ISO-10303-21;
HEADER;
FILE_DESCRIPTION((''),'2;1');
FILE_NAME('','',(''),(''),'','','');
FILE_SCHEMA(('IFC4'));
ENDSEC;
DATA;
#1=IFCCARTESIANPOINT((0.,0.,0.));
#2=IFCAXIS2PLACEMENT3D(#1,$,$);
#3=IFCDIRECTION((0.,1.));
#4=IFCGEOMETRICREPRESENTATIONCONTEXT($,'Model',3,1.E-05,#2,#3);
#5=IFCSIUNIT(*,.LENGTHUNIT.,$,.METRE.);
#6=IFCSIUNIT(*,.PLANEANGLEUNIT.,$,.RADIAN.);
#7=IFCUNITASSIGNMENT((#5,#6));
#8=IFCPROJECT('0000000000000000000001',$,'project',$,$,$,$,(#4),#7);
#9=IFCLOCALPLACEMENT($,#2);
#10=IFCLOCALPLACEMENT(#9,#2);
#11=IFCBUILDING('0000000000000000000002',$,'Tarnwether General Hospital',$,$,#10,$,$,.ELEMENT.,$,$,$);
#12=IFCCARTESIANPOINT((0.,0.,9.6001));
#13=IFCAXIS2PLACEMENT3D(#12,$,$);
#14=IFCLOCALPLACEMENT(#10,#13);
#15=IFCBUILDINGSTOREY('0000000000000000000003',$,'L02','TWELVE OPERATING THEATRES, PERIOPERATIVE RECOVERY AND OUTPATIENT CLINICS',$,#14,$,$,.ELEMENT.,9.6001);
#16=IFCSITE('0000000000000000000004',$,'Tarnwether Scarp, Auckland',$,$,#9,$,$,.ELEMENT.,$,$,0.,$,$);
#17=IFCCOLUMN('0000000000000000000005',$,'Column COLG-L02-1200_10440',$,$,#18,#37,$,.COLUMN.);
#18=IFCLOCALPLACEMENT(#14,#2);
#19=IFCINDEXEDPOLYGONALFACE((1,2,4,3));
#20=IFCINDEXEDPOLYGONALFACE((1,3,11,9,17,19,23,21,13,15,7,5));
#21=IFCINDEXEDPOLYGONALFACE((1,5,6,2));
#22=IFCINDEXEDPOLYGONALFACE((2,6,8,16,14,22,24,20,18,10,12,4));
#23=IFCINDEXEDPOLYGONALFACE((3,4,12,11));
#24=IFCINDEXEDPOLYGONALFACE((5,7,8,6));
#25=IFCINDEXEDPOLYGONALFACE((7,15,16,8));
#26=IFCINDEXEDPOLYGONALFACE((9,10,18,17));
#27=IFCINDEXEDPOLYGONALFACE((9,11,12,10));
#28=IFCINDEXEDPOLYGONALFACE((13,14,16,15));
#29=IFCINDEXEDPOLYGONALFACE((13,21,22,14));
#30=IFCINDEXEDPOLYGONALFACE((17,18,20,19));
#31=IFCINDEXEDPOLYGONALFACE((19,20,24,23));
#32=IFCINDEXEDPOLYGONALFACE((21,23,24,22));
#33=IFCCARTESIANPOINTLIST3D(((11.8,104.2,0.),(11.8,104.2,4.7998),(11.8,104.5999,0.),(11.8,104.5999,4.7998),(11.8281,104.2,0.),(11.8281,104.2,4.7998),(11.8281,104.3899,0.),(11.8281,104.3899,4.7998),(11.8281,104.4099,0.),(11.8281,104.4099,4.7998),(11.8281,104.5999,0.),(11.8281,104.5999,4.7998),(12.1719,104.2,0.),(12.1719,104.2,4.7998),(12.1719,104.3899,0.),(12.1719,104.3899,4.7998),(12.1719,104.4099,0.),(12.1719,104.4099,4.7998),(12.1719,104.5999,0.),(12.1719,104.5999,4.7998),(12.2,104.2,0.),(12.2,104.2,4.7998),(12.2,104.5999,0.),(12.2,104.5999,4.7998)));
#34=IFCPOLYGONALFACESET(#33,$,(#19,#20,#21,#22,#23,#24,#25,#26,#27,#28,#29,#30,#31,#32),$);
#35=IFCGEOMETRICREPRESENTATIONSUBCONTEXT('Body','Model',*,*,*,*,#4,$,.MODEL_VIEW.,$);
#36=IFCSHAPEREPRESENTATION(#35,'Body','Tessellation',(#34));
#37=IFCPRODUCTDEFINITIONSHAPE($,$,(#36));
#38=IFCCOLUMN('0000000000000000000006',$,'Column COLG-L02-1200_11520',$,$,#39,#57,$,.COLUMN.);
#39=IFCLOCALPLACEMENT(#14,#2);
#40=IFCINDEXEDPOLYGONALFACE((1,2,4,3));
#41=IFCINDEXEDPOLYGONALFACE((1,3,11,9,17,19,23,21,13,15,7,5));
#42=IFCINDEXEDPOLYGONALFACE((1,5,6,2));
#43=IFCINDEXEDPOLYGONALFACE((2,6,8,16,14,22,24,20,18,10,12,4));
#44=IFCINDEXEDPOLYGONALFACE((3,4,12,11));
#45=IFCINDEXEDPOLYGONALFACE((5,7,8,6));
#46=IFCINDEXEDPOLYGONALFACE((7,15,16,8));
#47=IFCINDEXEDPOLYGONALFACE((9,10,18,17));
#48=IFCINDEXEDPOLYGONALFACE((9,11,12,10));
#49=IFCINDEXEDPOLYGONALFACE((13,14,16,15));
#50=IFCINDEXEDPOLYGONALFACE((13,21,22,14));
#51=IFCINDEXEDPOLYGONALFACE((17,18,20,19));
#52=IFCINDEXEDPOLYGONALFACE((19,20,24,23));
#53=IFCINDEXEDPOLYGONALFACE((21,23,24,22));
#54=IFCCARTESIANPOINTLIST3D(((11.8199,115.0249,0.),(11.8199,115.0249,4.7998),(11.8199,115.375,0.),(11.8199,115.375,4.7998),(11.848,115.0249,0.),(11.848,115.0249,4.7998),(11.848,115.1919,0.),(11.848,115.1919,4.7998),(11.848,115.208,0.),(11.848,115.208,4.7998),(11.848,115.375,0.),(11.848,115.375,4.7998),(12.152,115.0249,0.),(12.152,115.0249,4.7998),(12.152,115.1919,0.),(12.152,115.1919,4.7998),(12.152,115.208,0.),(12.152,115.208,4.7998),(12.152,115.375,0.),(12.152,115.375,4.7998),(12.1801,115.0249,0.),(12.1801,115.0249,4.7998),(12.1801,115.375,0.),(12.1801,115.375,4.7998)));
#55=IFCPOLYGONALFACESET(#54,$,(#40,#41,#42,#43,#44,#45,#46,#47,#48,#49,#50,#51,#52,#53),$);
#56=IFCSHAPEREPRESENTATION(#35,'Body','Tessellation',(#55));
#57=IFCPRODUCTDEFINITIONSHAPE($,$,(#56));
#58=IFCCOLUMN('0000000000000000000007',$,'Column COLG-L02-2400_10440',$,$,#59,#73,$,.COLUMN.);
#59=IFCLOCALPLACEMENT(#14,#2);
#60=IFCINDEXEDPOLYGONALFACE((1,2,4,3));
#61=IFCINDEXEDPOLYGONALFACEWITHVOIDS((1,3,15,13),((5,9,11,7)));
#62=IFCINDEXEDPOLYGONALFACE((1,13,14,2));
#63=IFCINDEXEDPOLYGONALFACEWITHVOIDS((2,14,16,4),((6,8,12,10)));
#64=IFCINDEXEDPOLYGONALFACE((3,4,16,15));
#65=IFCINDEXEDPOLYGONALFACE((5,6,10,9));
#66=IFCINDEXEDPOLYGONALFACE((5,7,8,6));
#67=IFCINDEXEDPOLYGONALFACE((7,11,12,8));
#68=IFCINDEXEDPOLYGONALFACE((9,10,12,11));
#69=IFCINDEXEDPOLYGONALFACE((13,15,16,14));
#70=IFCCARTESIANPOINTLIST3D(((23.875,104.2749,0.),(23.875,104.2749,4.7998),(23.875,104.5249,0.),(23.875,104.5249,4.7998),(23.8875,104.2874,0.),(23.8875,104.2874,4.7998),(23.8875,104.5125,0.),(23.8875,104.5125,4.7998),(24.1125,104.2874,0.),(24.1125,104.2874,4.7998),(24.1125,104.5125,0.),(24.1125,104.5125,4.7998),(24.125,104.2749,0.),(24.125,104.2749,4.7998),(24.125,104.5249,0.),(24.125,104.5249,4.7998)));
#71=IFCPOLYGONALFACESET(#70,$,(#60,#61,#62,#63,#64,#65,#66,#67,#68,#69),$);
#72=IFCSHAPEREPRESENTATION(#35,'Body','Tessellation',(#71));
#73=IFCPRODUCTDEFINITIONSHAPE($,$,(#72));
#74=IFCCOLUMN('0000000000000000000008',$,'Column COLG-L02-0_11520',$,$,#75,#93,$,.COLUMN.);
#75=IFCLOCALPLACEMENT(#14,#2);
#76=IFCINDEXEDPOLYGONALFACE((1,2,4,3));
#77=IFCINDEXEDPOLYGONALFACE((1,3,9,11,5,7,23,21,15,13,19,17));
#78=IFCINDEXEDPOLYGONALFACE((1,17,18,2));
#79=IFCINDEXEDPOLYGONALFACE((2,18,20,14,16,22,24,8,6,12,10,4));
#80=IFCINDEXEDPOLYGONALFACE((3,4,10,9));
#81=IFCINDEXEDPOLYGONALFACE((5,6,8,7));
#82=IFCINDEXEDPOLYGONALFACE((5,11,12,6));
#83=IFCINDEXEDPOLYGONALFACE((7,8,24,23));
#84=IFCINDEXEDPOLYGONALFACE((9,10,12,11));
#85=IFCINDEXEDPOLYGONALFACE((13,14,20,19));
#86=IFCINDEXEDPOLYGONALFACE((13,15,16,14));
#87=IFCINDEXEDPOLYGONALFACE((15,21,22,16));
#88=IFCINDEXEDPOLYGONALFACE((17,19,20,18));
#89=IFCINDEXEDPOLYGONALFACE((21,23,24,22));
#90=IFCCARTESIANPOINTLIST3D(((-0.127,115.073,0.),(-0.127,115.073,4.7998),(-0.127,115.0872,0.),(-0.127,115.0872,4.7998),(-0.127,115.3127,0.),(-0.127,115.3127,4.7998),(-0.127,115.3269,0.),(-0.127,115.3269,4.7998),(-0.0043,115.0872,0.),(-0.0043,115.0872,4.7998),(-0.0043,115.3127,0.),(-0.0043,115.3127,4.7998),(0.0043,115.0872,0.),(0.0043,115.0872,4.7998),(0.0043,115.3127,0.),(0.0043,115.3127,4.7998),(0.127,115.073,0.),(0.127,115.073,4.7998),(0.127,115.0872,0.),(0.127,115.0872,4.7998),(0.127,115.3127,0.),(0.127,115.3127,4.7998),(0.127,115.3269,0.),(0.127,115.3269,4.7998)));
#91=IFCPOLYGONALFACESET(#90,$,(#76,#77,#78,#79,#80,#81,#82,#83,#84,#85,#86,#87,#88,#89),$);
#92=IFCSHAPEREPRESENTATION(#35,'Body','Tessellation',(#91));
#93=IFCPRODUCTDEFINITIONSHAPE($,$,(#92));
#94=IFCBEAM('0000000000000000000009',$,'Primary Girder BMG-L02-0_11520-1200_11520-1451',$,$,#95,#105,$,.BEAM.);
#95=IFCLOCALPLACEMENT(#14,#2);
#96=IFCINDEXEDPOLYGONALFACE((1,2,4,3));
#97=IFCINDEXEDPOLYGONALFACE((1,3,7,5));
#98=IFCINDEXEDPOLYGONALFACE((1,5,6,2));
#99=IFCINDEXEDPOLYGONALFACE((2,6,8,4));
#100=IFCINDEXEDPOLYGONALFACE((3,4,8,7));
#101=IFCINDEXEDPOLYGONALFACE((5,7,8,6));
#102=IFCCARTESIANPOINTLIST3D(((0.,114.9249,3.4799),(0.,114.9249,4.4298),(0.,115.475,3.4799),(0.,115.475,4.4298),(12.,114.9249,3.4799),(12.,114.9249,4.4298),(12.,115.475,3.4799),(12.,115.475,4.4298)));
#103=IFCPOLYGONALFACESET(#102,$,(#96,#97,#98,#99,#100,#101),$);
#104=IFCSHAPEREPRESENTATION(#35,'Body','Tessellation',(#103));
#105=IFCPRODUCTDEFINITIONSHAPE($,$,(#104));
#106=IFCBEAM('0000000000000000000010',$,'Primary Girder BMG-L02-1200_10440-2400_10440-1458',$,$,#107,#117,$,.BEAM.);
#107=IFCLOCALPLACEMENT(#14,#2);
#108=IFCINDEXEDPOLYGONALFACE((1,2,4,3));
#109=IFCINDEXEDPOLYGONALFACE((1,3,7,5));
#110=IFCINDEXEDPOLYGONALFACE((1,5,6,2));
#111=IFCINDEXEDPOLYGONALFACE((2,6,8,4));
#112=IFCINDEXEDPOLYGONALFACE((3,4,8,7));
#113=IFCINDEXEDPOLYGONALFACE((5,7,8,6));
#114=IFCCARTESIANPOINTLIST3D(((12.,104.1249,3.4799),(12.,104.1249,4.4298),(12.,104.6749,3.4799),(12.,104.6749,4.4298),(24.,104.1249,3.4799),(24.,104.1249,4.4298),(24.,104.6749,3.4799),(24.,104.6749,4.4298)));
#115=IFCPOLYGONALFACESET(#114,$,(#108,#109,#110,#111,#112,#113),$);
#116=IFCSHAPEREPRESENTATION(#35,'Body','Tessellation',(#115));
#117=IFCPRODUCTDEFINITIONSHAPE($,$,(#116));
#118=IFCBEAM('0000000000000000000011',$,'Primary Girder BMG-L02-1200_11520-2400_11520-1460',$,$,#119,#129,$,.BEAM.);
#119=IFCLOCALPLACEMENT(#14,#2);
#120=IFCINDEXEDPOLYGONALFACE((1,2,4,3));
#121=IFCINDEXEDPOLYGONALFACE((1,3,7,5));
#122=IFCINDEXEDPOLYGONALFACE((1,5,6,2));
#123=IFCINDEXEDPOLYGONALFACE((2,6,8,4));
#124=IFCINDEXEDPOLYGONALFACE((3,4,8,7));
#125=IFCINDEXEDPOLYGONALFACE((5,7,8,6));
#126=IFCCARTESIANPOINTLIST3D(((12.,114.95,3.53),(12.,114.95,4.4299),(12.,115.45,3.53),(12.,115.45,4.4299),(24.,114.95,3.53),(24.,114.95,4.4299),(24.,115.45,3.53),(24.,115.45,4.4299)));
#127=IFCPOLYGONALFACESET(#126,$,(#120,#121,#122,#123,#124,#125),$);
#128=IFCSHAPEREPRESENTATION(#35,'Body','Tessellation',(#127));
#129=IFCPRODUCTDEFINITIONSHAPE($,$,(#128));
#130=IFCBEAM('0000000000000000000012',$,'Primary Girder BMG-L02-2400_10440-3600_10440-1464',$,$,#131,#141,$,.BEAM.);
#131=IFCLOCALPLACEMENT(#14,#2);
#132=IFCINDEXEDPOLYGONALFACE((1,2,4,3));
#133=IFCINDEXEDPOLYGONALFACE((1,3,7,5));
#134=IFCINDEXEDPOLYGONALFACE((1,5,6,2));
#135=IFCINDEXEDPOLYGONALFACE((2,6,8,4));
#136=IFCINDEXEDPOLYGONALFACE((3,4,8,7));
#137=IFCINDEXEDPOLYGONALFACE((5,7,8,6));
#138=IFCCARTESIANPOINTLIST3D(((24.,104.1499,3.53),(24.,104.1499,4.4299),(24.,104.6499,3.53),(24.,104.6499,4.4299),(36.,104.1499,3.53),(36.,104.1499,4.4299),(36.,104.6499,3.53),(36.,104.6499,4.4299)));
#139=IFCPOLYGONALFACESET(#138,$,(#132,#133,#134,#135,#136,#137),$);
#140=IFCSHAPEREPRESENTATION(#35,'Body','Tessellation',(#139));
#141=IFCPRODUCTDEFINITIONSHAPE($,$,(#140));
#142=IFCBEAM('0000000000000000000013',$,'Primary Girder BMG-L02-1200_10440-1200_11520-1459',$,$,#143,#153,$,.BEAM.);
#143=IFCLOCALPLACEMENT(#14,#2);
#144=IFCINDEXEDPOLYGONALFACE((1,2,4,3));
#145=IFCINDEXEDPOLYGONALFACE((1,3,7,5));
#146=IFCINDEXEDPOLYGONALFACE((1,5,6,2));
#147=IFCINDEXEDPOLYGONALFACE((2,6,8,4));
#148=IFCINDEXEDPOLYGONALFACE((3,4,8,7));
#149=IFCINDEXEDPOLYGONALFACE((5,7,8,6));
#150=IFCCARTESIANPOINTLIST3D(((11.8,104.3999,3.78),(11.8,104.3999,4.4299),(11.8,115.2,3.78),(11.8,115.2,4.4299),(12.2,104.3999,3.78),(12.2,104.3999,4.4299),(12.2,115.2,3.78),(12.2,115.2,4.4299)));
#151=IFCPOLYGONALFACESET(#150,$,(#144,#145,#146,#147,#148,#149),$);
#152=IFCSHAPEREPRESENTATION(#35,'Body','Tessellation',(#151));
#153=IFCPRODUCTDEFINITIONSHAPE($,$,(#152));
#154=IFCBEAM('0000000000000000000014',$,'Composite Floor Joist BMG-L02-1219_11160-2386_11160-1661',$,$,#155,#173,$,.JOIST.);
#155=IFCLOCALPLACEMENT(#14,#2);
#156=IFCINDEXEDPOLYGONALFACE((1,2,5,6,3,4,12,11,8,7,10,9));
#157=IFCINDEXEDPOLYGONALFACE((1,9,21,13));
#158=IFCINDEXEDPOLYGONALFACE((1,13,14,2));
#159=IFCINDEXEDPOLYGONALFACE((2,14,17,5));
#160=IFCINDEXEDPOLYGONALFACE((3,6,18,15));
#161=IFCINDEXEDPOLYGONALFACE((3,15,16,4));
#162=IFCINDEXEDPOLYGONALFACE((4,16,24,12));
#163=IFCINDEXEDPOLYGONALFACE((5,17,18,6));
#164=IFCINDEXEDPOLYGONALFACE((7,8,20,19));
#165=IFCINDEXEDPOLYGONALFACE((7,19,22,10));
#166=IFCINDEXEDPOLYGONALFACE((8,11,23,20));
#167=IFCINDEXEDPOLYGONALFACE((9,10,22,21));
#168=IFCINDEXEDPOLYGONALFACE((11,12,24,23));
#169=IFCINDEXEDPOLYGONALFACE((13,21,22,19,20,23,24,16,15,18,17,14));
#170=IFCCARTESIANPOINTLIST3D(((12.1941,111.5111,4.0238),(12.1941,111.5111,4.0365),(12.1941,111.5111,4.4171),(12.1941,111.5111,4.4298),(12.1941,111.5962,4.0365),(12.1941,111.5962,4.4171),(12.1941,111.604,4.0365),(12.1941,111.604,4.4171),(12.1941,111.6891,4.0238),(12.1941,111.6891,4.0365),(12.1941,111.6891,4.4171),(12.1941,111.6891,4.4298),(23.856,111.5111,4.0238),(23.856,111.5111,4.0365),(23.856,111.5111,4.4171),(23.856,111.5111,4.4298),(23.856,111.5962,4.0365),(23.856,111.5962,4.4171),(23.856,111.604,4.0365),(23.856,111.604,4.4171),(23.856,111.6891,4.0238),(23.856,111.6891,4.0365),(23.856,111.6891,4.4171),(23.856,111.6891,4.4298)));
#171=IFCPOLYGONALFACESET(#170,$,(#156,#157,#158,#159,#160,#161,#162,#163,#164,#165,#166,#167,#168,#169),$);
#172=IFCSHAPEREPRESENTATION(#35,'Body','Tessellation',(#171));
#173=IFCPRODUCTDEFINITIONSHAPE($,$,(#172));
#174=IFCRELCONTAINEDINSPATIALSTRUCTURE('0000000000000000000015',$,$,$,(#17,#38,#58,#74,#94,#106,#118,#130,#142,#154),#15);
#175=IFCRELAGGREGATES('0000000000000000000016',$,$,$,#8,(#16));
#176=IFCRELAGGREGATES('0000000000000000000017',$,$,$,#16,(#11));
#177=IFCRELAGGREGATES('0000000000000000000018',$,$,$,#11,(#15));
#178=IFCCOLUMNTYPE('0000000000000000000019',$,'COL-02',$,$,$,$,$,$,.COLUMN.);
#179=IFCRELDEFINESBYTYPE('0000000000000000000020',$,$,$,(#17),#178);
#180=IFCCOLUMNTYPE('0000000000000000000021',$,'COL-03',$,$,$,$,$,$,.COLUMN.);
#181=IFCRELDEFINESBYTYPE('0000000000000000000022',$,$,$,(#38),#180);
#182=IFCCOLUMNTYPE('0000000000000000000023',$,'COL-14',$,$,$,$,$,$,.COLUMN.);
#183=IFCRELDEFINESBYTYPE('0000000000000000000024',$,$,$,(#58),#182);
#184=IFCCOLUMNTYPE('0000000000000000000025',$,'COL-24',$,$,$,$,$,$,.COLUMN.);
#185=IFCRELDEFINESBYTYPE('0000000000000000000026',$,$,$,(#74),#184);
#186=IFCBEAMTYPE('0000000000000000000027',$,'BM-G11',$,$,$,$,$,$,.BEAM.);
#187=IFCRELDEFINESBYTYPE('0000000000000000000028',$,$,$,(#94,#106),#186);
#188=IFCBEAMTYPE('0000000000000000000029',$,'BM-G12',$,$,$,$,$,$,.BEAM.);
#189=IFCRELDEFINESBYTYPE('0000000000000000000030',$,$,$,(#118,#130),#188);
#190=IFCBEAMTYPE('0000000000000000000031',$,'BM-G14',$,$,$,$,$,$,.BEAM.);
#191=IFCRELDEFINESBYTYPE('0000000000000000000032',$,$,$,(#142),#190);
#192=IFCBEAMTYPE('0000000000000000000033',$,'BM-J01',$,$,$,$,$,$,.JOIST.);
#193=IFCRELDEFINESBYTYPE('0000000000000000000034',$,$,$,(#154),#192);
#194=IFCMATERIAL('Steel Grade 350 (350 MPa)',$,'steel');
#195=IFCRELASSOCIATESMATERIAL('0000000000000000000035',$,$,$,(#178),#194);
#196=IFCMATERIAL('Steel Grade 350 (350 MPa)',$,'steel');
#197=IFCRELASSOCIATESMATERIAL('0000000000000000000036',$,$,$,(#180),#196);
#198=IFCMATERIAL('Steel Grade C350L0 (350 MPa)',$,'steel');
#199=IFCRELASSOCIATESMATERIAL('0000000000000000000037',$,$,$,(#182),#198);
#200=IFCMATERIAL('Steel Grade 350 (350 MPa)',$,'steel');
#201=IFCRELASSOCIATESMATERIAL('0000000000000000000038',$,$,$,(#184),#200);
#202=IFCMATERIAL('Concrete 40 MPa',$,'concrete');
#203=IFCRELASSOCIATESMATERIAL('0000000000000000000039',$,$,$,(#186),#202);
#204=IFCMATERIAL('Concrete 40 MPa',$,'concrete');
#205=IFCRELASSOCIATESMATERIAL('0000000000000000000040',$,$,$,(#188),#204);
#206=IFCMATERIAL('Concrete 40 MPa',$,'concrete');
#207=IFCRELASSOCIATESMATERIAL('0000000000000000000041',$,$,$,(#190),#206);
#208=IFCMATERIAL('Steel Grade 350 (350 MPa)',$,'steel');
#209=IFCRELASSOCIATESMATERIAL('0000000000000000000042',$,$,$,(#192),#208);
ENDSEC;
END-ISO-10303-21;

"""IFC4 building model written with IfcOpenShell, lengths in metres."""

from ifc_helpers import new_model, si_unit, direction, frame, origin, origin_2d, place, context, subcontext, project, spatial, rectangle, hollow_rectangle, i_section, extrude, material, material_profile, profile_set, type_object, element, save


model = new_model("IFC4")

# Units and contexts
model_context = context("Model", 3, precision=1e-05, world=origin(), true_north=direction((0.0, 1.0)))
body_context = subcontext(model_context, "Body", "Model", "MODEL_VIEW")
ifc_project = project(units=[si_unit("LENGTHUNIT", "METRE"), si_unit("PLANEANGLEUNIT", "RADIAN")], contexts=[model_context])

# Site, building, storey
site_placement = place(None, origin())
site = spatial("IfcSite", under=ifc_project, at=site_placement, Name="Tarnwether Scarp, Auckland", CompositionType="ELEMENT", RefElevation=0.0)
building_placement = place(site_placement, origin())
building = spatial("IfcBuilding", under=site, at=building_placement, Name="Tarnwether General Hospital", CompositionType="ELEMENT")
storey_placement = place(building_placement, frame((0.0, 0.0, 9.6001)))
storey = spatial("IfcBuildingStorey", under=building, at=storey_placement, Name="L02", Description="TWELVE OPERATING THEATRES, PERIOPERATIVE RECOVERY AND OUTPATIENT CLINICS", CompositionType="ELEMENT", Elevation=9.6001)

# Columns
ifc_material_1 = material(Name="Steel Grade 350 (350 MPa)", Category="steel")
ifc_material_profile_1 = material_profile(ifc_material_1, i_section(OverallWidth=0.3999, OverallDepth=0.3999, WebThickness=0.02, FlangeThickness=0.0281, at=origin_2d()), Name="400WC270")
ifc_profile_set_1 = profile_set([ifc_material_profile_1], Name="Steel Grade 350 (350 MPa)")
column_type_1 = type_object("IfcColumnType", Name="COL-02", PredefinedType="COLUMN", material=ifc_profile_set_1)
column_1_placement = place(storey_placement, frame((12.0, 104.3999, 0.0), z_axis=(0.0, 0.0, 1.0), x_axis=(0.0, 1.0, 0.0)))
element("IfcColumn", 1, at=column_1_placement, inside=storey, type_object=column_type_1, Name="Column COLG-L02-1200_10440", PredefinedType="COLUMN", context=body_context, shape_type="SweptSolid", body=[
    extrude(i_section(OverallWidth=0.3999, OverallDepth=0.3999, WebThickness=0.02, FlangeThickness=0.0281, at=origin_2d()), origin(), (0.0, 0.0, 1.0), 4.7998),
])
ifc_material_2 = material(Name="Steel Grade 350 (350 MPa)", Category="steel")
ifc_material_profile_2 = material_profile(ifc_material_2, i_section(OverallWidth=0.3501, OverallDepth=0.3601, WebThickness=0.0161, FlangeThickness=0.0281, at=origin_2d()), Name="350WC230")
ifc_profile_set_2 = profile_set([ifc_material_profile_2], Name="Steel Grade 350 (350 MPa)")
column_type_2 = type_object("IfcColumnType", Name="COL-03", PredefinedType="COLUMN", material=ifc_profile_set_2)
column_2_placement = place(storey_placement, frame((12.0, 115.2, 0.0), z_axis=(0.0, 0.0, 1.0), x_axis=(0.0, 1.0, 0.0)))
element("IfcColumn", 2, at=column_2_placement, inside=storey, type_object=column_type_2, Name="Column COLG-L02-1200_11520", PredefinedType="COLUMN", context=body_context, shape_type="SweptSolid", body=[
    extrude(i_section(OverallWidth=0.3501, OverallDepth=0.3601, WebThickness=0.0161, FlangeThickness=0.0281, at=origin_2d()), origin(), (0.0, 0.0, 1.0), 4.7998),
])
ifc_material_3 = material(Name="Steel Grade C350L0 (350 MPa)", Category="steel")
ifc_material_profile_3 = material_profile(ifc_material_3, hollow_rectangle(XDim=0.25, YDim=0.25, WallThickness=0.0125, at=origin_2d()), Name="SHS250x250x12.5")
ifc_profile_set_3 = profile_set([ifc_material_profile_3], Name="Steel Grade C350L0 (350 MPa)")
column_type_3 = type_object("IfcColumnType", Name="COL-14", PredefinedType="COLUMN", material=ifc_profile_set_3)
column_3_placement = place(storey_placement, frame((24.0, 104.3999, 0.0), z_axis=(0.0, 0.0, 1.0), x_axis=(1.0, 0.0, 0.0)))
element("IfcColumn", 3, at=column_3_placement, inside=storey, type_object=column_type_3, Name="Column COLG-L02-2400_10440", PredefinedType="COLUMN", context=body_context, shape_type="SweptSolid", body=[
    extrude(hollow_rectangle(XDim=0.25, YDim=0.25, WallThickness=0.0125, at=origin_2d()), origin(), (0.0, 0.0, 1.0), 4.7998),
])
ifc_material_4 = material(Name="Steel Grade 350 (350 MPa)", Category="steel")
ifc_material_profile_4 = material_profile(ifc_material_4, i_section(OverallWidth=0.2539, OverallDepth=0.2539, WebThickness=0.0085, FlangeThickness=0.0142, at=origin_2d()), Name="250UC72.9")
ifc_profile_set_4 = profile_set([ifc_material_profile_4], Name="Steel Grade 350 (350 MPa)")
column_type_4 = type_object("IfcColumnType", Name="COL-24", PredefinedType="COLUMN", material=ifc_profile_set_4)
column_4_placement = place(storey_placement, frame((0.0, 115.2, 0.0), z_axis=(0.0, 0.0, 1.0), x_axis=(1.0, 0.0, 0.0)))
element("IfcColumn", 4, at=column_4_placement, inside=storey, type_object=column_type_4, Name="Column COLG-L02-0_11520", PredefinedType="COLUMN", context=body_context, shape_type="SweptSolid", body=[
    extrude(i_section(OverallWidth=0.2539, OverallDepth=0.2539, WebThickness=0.0085, FlangeThickness=0.0142, at=origin_2d()), origin(), (0.0, 0.0, 1.0), 4.7998),
])

# Beams
ifc_material_5 = material(Name="Concrete 40 MPa", Category="concrete")
ifc_material_profile_5 = material_profile(ifc_material_5, rectangle(XDim=0.55, YDim=0.95, at=origin_2d()), Name="RC-BM-550x950")
ifc_profile_set_5 = profile_set([ifc_material_profile_5], Name="Concrete 40 MPa")
beam_type_1 = type_object("IfcBeamType", Name="BM-G11", PredefinedType="BEAM", material=ifc_profile_set_5)
for number, where, z_axis, x_axis, name in (
    (5, (0.0, 115.2, 3.9548), (1.0, 0.0, 0.0), (0.0, 1.0, 0.0), "Primary Girder BMG-L02-0_11520-1200_11520-1451"),
    (6, (12.0, 104.3999, 3.9548), (1.0, 0.0, 0.0), (0.0, 1.0, 0.0), "Primary Girder BMG-L02-1200_10440-2400_10440-1458"),
):
    element("IfcBeam", number, at=place(storey_placement, frame(where, z_axis=z_axis, x_axis=x_axis)), inside=storey, type_object=beam_type_1, Name=name, PredefinedType="BEAM", context=body_context, shape_type="SweptSolid", body=[
        extrude(rectangle(XDim=0.55, YDim=0.95, at=origin_2d()), origin(), (0.0, 0.0, 1.0), 12.0),
    ])
ifc_material_6 = material(Name="Concrete 40 MPa", Category="concrete")
ifc_material_profile_6 = material_profile(ifc_material_6, rectangle(XDim=0.5, YDim=0.8999, at=origin_2d()), Name="RC-BM-500x900")
ifc_profile_set_6 = profile_set([ifc_material_profile_6], Name="Concrete 40 MPa")
beam_type_2 = type_object("IfcBeamType", Name="BM-G12", PredefinedType="BEAM", material=ifc_profile_set_6)
for number, where, z_axis, x_axis, name in (
    (7, (12.0, 115.2, 3.98), (1.0, 0.0, 0.0), (0.0, 1.0, 0.0), "Primary Girder BMG-L02-1200_11520-2400_11520-1460"),
    (8, (24.0, 104.3999, 3.98), (1.0, 0.0, 0.0), (0.0, 1.0, 0.0), "Primary Girder BMG-L02-2400_10440-3600_10440-1464"),
):
    element("IfcBeam", number, at=place(storey_placement, frame(where, z_axis=z_axis, x_axis=x_axis)), inside=storey, type_object=beam_type_2, Name=name, PredefinedType="BEAM", context=body_context, shape_type="SweptSolid", body=[
        extrude(rectangle(XDim=0.5, YDim=0.8999, at=origin_2d()), origin(), (0.0, 0.0, 1.0), 12.0),
    ])
ifc_material_7 = material(Name="Concrete 40 MPa", Category="concrete")
ifc_material_profile_7 = material_profile(ifc_material_7, rectangle(XDim=0.3999, YDim=0.6499, at=origin_2d()), Name="RC-BM-400x650")
ifc_profile_set_7 = profile_set([ifc_material_profile_7], Name="Concrete 40 MPa")
beam_type_3 = type_object("IfcBeamType", Name="BM-G14", PredefinedType="BEAM", material=ifc_profile_set_7)
beam_1_placement = place(storey_placement, frame((12.0, 104.3999, 4.105), z_axis=(0.0, 1.0, 0.0), x_axis=(-1.0, 0.0, 0.0)))
element("IfcBeam", 9, at=beam_1_placement, inside=storey, type_object=beam_type_3, Name="Primary Girder BMG-L02-1200_10440-1200_11520-1459", PredefinedType="BEAM", context=body_context, shape_type="SweptSolid", body=[
    extrude(rectangle(XDim=0.3999, YDim=0.6499, at=origin_2d()), origin(), (0.0, 0.0, 1.0), 10.8),
])
ifc_material_8 = material(Name="Steel Grade 350 (350 MPa)", Category="steel")
ifc_material_profile_8 = material_profile(ifc_material_8, i_section(OverallWidth=0.178, OverallDepth=0.406, WebThickness=0.0078, FlangeThickness=0.0127, at=origin_2d()), Name="410UB59.7")
ifc_profile_set_8 = profile_set([ifc_material_profile_8], Name="Steel Grade 350 (350 MPa)")
beam_type_4 = type_object("IfcBeamType", Name="BM-J01", PredefinedType="JOIST", material=ifc_profile_set_8)
beam_2_placement = place(storey_placement, frame((12.1941, 111.6001, 4.2268), z_axis=(1.0, 0.0, 0.0), x_axis=(0.0, 1.0, 0.0)))
element("IfcBeam", 10, at=beam_2_placement, inside=storey, type_object=beam_type_4, Name="Composite Floor Joist BMG-L02-1219_11160-2386_11160-1661", PredefinedType="JOIST", context=body_context, shape_type="SweptSolid", body=[
    extrude(i_section(OverallWidth=0.178, OverallDepth=0.406, WebThickness=0.0078, FlangeThickness=0.0127, at=origin_2d()), origin(), (0.0, 0.0, 1.0), 11.6619),
])

save(model, "model.ifc")
